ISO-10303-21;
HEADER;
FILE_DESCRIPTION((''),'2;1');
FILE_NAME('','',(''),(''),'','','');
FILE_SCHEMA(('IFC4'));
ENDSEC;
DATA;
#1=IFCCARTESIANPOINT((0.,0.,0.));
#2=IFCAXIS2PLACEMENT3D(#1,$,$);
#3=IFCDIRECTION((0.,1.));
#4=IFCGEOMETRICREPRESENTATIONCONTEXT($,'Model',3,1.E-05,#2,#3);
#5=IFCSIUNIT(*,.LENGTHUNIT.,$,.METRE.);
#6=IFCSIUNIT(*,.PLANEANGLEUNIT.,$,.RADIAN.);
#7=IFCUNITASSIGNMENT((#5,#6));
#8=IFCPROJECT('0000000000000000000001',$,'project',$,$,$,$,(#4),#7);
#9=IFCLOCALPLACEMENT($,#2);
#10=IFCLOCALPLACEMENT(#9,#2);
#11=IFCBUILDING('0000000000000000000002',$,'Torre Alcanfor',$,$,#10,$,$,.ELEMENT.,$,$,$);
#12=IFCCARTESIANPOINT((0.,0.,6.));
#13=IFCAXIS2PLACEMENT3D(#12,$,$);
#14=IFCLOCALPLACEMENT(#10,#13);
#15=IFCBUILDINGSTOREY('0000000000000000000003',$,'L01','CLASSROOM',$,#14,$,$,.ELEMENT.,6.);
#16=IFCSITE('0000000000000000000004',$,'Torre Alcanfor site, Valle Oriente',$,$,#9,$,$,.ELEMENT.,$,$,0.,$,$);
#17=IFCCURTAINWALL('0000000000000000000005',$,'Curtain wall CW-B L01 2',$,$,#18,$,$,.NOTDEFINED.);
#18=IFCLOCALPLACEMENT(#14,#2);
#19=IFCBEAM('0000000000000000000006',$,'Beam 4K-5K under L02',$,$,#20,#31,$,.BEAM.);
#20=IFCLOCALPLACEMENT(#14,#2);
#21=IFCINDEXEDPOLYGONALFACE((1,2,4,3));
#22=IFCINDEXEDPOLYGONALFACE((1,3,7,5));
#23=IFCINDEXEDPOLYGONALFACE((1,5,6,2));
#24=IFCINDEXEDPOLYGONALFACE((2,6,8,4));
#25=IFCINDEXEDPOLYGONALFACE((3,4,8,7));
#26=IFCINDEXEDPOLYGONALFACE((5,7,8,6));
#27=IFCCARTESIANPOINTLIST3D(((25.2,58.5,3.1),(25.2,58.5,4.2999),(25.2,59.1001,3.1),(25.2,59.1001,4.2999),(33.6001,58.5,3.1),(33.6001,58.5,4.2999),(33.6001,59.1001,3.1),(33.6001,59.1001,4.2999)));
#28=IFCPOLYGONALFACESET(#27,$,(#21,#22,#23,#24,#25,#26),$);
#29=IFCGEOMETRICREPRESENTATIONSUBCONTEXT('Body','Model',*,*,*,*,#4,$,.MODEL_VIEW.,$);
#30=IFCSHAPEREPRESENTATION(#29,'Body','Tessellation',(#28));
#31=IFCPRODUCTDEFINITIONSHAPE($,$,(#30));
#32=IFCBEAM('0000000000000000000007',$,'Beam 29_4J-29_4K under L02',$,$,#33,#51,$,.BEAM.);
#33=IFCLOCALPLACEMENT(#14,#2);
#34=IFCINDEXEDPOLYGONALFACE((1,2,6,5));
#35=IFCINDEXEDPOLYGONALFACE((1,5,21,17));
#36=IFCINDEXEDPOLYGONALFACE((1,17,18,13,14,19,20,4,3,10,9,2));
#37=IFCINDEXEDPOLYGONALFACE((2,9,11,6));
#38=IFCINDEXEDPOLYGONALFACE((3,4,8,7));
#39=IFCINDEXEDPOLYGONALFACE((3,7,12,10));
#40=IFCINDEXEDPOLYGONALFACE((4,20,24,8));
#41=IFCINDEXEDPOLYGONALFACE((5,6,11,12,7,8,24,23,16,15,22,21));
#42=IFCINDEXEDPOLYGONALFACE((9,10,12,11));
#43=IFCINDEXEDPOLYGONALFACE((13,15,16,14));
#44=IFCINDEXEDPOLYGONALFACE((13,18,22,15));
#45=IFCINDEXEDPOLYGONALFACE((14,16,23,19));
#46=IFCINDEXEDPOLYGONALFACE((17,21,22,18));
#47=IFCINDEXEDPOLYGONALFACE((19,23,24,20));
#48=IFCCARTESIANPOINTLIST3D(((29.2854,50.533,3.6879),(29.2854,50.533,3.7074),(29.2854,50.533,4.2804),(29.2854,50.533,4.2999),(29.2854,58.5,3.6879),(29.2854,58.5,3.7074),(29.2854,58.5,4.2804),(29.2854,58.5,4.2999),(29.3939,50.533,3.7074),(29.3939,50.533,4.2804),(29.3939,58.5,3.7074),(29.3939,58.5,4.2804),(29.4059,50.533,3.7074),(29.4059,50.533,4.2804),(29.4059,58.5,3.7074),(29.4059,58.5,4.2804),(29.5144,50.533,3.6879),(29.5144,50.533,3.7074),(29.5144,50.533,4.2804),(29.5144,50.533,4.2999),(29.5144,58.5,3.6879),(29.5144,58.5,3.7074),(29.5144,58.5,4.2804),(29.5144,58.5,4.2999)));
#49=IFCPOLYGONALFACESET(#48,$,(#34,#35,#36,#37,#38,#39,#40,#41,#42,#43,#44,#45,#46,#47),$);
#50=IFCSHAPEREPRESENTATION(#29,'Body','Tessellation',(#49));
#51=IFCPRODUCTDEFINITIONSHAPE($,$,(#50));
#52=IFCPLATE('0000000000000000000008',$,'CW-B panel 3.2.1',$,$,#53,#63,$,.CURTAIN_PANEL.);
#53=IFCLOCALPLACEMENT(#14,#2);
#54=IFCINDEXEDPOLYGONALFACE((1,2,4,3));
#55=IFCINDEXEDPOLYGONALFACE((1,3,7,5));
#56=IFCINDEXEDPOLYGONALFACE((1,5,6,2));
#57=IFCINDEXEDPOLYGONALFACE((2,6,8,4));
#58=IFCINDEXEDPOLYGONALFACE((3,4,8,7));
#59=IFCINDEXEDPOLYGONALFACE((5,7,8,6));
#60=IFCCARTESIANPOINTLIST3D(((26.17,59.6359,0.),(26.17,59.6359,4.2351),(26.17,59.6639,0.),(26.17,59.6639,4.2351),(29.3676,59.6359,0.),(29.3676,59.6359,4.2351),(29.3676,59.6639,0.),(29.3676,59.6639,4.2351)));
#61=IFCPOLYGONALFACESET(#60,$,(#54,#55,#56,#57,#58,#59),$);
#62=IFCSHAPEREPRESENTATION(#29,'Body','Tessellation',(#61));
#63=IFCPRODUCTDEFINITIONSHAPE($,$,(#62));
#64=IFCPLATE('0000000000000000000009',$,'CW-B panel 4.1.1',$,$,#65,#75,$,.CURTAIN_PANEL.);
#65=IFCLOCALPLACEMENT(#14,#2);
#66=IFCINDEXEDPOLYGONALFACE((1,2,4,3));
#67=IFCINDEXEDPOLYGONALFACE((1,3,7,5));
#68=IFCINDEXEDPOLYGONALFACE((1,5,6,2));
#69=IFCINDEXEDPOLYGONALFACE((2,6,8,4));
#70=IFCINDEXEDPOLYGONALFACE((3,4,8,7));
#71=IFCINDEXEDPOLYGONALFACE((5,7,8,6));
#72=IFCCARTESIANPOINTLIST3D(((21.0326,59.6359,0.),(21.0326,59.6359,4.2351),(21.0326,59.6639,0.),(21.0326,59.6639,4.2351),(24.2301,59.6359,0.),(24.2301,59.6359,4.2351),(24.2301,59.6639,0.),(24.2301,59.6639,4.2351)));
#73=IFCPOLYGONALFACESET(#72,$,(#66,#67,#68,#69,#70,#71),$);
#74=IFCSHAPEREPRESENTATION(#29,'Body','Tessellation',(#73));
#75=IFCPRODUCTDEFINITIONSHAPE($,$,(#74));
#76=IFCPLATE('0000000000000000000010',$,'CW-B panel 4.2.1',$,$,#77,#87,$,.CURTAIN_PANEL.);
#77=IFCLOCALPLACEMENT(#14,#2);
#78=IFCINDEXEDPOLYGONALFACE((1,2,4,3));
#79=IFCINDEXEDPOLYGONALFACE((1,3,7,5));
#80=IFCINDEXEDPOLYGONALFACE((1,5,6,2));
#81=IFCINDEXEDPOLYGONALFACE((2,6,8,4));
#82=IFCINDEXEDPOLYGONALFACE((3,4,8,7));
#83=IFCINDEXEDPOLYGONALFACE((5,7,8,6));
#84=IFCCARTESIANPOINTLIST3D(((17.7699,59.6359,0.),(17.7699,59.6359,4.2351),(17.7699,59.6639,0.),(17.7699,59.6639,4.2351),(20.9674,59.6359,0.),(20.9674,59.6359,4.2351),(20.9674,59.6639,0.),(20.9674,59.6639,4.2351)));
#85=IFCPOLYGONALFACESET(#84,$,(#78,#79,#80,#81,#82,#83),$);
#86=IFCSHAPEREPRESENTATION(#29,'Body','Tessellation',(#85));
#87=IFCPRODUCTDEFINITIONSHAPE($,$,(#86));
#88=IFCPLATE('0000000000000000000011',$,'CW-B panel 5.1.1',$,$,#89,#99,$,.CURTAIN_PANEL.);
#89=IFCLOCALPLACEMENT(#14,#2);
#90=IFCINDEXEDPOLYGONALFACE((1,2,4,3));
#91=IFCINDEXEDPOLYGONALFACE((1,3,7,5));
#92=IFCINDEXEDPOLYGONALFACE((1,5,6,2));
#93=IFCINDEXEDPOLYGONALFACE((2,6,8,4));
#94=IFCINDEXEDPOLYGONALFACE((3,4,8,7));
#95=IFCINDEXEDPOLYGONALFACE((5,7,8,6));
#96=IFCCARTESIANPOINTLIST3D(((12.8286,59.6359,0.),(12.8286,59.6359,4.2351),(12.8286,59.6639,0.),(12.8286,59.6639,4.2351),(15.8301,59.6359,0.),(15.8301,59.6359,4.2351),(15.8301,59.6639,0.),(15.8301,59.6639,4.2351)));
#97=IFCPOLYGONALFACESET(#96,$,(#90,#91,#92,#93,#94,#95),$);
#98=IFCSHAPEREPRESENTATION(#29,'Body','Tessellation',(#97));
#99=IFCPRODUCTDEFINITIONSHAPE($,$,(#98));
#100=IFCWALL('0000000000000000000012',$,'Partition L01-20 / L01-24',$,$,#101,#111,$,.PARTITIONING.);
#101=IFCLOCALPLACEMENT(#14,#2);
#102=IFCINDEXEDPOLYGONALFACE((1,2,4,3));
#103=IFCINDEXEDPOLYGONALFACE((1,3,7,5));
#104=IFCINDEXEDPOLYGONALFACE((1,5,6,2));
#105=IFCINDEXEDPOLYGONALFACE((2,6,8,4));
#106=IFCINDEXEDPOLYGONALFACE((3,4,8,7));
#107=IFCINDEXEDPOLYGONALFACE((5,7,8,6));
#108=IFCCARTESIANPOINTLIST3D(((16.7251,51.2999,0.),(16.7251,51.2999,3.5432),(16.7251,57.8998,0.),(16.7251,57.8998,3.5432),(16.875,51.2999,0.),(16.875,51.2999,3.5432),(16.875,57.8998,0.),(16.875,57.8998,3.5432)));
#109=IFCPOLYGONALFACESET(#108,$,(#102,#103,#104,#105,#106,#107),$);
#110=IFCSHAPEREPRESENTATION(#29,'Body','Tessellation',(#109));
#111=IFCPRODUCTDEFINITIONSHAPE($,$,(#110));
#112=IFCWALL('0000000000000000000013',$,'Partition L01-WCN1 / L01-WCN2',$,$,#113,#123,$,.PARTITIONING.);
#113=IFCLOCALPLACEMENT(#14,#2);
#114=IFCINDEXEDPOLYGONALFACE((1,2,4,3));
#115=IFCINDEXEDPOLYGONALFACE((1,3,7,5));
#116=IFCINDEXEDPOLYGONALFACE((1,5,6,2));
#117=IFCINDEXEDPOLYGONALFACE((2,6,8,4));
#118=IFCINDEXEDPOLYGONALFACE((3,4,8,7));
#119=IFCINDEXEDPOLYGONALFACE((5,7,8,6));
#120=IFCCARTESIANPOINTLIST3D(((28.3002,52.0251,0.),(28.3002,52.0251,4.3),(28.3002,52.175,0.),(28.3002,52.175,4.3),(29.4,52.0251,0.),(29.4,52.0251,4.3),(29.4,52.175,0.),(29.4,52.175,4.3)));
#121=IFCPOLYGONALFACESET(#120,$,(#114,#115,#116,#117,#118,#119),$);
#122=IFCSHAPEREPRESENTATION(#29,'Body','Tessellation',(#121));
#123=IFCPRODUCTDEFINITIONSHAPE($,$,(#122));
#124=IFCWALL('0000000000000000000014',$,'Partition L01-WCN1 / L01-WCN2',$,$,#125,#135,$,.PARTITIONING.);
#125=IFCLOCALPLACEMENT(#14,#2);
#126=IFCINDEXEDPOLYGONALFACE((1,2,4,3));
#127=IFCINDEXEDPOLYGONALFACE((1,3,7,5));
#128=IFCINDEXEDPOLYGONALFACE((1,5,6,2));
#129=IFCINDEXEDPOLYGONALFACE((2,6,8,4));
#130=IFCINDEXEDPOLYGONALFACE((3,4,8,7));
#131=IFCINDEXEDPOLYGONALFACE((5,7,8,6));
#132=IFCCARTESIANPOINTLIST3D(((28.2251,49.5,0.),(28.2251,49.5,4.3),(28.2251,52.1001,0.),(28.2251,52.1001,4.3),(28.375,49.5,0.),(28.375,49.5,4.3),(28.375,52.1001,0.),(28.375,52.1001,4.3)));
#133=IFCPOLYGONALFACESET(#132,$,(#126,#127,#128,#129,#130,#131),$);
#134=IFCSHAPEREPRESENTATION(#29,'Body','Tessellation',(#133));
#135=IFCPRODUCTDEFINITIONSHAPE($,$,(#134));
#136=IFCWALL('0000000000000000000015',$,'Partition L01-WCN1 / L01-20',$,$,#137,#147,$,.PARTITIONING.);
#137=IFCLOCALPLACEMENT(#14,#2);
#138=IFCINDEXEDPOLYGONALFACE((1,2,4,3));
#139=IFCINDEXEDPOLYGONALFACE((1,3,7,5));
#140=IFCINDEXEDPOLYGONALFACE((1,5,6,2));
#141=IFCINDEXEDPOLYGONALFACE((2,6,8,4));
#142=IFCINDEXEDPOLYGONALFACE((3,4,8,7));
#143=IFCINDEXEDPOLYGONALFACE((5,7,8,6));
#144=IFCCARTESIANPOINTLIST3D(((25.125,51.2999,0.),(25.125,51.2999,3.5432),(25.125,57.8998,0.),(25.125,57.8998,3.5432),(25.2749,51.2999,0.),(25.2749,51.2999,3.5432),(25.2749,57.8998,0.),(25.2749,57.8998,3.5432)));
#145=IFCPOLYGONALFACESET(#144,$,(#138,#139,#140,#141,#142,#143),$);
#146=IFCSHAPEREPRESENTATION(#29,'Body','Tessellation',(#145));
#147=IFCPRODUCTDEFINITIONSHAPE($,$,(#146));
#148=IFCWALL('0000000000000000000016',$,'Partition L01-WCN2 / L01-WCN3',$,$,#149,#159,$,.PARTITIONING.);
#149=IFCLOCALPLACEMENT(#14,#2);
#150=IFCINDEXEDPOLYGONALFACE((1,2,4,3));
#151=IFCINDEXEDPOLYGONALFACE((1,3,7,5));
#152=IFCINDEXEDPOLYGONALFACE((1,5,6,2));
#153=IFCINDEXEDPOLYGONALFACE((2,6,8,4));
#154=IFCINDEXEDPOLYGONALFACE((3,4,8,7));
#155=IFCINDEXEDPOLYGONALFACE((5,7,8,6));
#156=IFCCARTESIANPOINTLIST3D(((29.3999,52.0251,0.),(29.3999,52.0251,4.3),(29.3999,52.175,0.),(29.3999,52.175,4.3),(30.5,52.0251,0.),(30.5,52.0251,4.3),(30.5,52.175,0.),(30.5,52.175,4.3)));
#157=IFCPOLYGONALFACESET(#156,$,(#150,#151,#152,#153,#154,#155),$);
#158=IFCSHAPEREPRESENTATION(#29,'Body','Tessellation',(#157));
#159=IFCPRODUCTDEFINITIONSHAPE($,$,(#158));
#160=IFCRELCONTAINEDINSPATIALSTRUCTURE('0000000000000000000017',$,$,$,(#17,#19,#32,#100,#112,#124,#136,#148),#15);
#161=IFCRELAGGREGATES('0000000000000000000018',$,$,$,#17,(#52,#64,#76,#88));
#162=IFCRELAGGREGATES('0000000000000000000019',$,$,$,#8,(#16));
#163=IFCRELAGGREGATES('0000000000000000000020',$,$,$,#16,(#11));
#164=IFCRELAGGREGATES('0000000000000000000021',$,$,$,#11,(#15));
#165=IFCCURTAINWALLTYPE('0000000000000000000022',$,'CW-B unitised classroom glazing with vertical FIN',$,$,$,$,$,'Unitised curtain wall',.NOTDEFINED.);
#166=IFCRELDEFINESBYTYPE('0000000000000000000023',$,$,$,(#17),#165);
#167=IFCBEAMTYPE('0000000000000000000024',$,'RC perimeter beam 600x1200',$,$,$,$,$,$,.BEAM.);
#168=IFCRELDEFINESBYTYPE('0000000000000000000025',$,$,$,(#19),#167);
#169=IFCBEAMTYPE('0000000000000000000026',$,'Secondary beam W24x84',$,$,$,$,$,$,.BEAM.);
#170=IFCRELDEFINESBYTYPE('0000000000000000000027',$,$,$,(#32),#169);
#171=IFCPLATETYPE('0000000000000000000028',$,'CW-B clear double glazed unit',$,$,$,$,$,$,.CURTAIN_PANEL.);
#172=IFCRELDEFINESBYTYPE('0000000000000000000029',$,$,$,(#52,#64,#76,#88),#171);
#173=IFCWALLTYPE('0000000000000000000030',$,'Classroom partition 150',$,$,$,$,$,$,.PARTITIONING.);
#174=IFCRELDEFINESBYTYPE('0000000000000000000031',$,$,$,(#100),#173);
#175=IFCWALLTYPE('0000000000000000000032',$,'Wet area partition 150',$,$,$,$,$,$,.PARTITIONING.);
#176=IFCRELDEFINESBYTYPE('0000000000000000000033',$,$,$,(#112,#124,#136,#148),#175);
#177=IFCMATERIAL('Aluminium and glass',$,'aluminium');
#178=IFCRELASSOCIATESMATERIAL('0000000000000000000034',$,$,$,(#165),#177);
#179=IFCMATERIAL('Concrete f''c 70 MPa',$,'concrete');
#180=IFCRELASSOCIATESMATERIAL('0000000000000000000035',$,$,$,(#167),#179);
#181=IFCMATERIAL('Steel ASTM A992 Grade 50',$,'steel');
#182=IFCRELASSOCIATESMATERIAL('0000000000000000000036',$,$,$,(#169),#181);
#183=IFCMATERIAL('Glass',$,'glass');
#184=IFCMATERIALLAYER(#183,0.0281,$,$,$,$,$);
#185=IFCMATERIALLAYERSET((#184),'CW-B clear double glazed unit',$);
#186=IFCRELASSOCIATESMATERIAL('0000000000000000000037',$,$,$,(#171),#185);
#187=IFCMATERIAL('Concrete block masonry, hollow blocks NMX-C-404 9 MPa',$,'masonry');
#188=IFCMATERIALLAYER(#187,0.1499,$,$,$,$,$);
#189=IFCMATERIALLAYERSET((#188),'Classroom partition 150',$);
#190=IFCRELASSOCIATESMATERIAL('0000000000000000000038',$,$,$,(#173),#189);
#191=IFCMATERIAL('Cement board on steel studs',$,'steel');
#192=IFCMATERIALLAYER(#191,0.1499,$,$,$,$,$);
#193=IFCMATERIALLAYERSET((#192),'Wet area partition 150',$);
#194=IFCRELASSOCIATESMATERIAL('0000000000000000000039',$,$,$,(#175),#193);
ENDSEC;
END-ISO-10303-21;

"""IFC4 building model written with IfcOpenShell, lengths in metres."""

from ifc_helpers import new_model, si_unit, direction, frame, frame_2d, origin, origin_2d, place, context, subcontext, project, spatial, rectangle, i_section, extrude, material, layer, layer_set, material_profile, profile_set, type_object, element, aggregate, save


model = new_model("IFC4")

# Units and contexts
model_context = context("Model", 3, precision=1e-05, world=origin(), true_north=direction((0.0, 1.0)))
body_context = subcontext(model_context, "Body", "Model", "MODEL_VIEW")
ifc_project = project(units=[si_unit("LENGTHUNIT", "METRE"), si_unit("PLANEANGLEUNIT", "RADIAN")], contexts=[model_context])

# Site, building, storey
site_placement = place(None, origin())
site = spatial("IfcSite", under=ifc_project, at=site_placement, Name="Torre Alcanfor site, Valle Oriente", CompositionType="ELEMENT", RefElevation=0.0)
building_placement = place(site_placement, origin())
building = spatial("IfcBuilding", under=site, at=building_placement, Name="Torre Alcanfor", CompositionType="ELEMENT")
storey_placement = place(building_placement, frame((0.0, 0.0, 6.0)))
storey = spatial("IfcBuildingStorey", under=building, at=storey_placement, Name="L01", Description="CLASSROOM", CompositionType="ELEMENT", Elevation=6.0)

# Curtain wall
ifc_material_1 = material(Name="Aluminium and glass", Category="aluminium")
curtain_wall_type = type_object("IfcCurtainWallType", Name="CW-B unitised classroom glazing with vertical FIN", ElementType="Unitised curtain wall", PredefinedType="NOTDEFINED", material=ifc_material_1)
curtain_wall_placement = place(storey_placement, origin())
curtain_wall = element("IfcCurtainWall", 1, at=curtain_wall_placement, inside=storey, type_object=curtain_wall_type, Name="Curtain wall CW-B L01 2", PredefinedType="NOTDEFINED")

# Beams
ifc_material_2 = material(Name="Concrete f'c 70 MPa", Category="concrete")
ifc_material_profile_1 = material_profile(ifc_material_2, rectangle(XDim=0.6001, YDim=1.2, at=origin_2d()), Name="600x1200")
ifc_profile_set_1 = profile_set([ifc_material_profile_1], Name="Concrete f'c 70 MPa")
beam_type_1 = type_object("IfcBeamType", Name="RC perimeter beam 600x1200", PredefinedType="BEAM", material=ifc_profile_set_1)
beam_1_placement = place(storey_placement, frame((25.2, 58.8, 3.7), z_axis=(1.0, 0.0, 0.0), x_axis=(0.0, 1.0, 0.0)))
element("IfcBeam", 2, at=beam_1_placement, inside=storey, type_object=beam_type_1, Name="Beam 4K-5K under L02", PredefinedType="BEAM", context=body_context, shape_type="SweptSolid", body=[
    extrude(rectangle(XDim=0.6001, YDim=1.2, at=origin_2d()), origin(), (0.0, 0.0, 1.0), 8.4001),
])
ifc_material_3 = material(Name="Steel ASTM A992 Grade 50", Category="steel")
ifc_material_profile_2 = material_profile(ifc_material_3, i_section(OverallWidth=0.229, OverallDepth=0.6121, WebThickness=0.012, FlangeThickness=0.0195, at=origin_2d()), Name="W24x84")
ifc_profile_set_2 = profile_set([ifc_material_profile_2], Name="Steel ASTM A992 Grade 50")
beam_type_2 = type_object("IfcBeamType", Name="Secondary beam W24x84", PredefinedType="BEAM", material=ifc_profile_set_2)
beam_2_placement = place(storey_placement, frame((29.3999, 50.533, 3.9939), z_axis=(0.0, 1.0, 0.0), x_axis=(-1.0, 0.0, 0.0)))
element("IfcBeam", 3, at=beam_2_placement, inside=storey, type_object=beam_type_2, Name="Beam 29_4J-29_4K under L02", PredefinedType="BEAM", context=body_context, shape_type="SweptSolid", body=[
    extrude(i_section(OverallWidth=0.229, OverallDepth=0.6121, WebThickness=0.012, FlangeThickness=0.0195, at=origin_2d()), origin(), (0.0, 0.0, 1.0), 7.967),
])

# Plates
ifc_material_4 = material(Name="Glass", Category="glass")
ifc_layer_1 = layer(ifc_material_4, 0.0281)
ifc_layer_set_1 = layer_set([ifc_layer_1], Name="CW-B clear double glazed unit")
plate_type = type_object("IfcPlateType", Name="CW-B clear double glazed unit", PredefinedType="CURTAIN_PANEL", material=ifc_layer_set_1)
plate_1_placement = place(storey_placement, frame((27.7688, 59.6499, 0.0), z_axis=(0.0, 0.0, 1.0), x_axis=(-1.0, 0.0, 0.0)))
plate_1 = element("IfcPlate", 4, at=plate_1_placement, type_object=plate_type, Name="CW-B panel 3.2.1", PredefinedType="CURTAIN_PANEL", context=body_context, shape_type="SweptSolid", body=[
    extrude(rectangle(XDim=3.1975, YDim=0.0281, at=origin_2d()), origin(), (0.0, 0.0, 1.0), 4.2351),
])
plate_2_placement = place(storey_placement, frame((22.6313, 59.6499, 0.0), z_axis=(0.0, 0.0, 1.0), x_axis=(-1.0, 0.0, 0.0)))
plate_2 = element("IfcPlate", 5, at=plate_2_placement, type_object=plate_type, Name="CW-B panel 4.1.1", PredefinedType="CURTAIN_PANEL", context=body_context, shape_type="SweptSolid", body=[
    extrude(rectangle(XDim=3.1975, YDim=0.0281, at=origin_2d()), origin(), (0.0, 0.0, 1.0), 4.2351),
])
plate_3_placement = place(storey_placement, frame((19.3687, 59.6499, 0.0), z_axis=(0.0, 0.0, 1.0), x_axis=(-1.0, 0.0, 0.0)))
plate_3 = element("IfcPlate", 6, at=plate_3_placement, type_object=plate_type, Name="CW-B panel 4.2.1", PredefinedType="CURTAIN_PANEL", context=body_context, shape_type="SweptSolid", body=[
    extrude(rectangle(XDim=3.1975, YDim=0.0281, at=origin_2d()), origin(), (0.0, 0.0, 1.0), 4.2351),
])
plate_4_placement = place(storey_placement, frame((14.3293, 59.6499, 0.0), z_axis=(0.0, 0.0, 1.0), x_axis=(-1.0, 0.0, 0.0)))
plate_4 = element("IfcPlate", 7, at=plate_4_placement, type_object=plate_type, Name="CW-B panel 5.1.1", PredefinedType="CURTAIN_PANEL", context=body_context, shape_type="SweptSolid", body=[
    extrude(rectangle(XDim=3.0015, YDim=0.0281, at=origin_2d()), origin(), (0.0, 0.0, 1.0), 4.2351),
])
aggregate(curtain_wall, [plate_1, plate_2, plate_3, plate_4])

# Walls
ifc_material_5 = material(Name="Concrete block masonry, hollow blocks NMX-C-404 9 MPa", Category="masonry")
ifc_layer_2 = layer(ifc_material_5, 0.1499)
ifc_layer_set_2 = layer_set([ifc_layer_2], Name="Classroom partition 150")
wall_type_1 = type_object("IfcWallType", Name="Classroom partition 150", PredefinedType="PARTITIONING", material=ifc_layer_set_2)
wall_1_placement = place(storey_placement, frame((16.8, 51.3, 0.0), z_axis=(0.0, 0.0, 1.0), x_axis=(0.0, 1.0, 0.0)))
element("IfcWall", 8, at=wall_1_placement, inside=storey, type_object=wall_type_1, Name="Partition L01-20 / L01-24", PredefinedType="PARTITIONING", context=body_context, shape_type="SweptSolid", body=[
    extrude(rectangle(XDim=6.5999, YDim=0.1499, at=frame_2d((3.2998, 0.0))), origin(), (0.0, 0.0, 1.0), 3.5432),
])
ifc_material_6 = material(Name="Cement board on steel studs", Category="steel")
ifc_layer_3 = layer(ifc_material_6, 0.1499)
ifc_layer_set_3 = layer_set([ifc_layer_3], Name="Wet area partition 150")
wall_type_2 = type_object("IfcWallType", Name="Wet area partition 150", PredefinedType="PARTITIONING", material=ifc_layer_set_3)
wall_2_placement = place(storey_placement, frame((29.3999, 52.1001, 0.0), z_axis=(0.0, 0.0, 1.0), x_axis=(-1.0, 0.0, 0.0)))
element("IfcWall", 9, at=wall_2_placement, inside=storey, type_object=wall_type_2, Name="Partition L01-WCN1 / L01-WCN2", PredefinedType="PARTITIONING", context=body_context, shape_type="SweptSolid", body=[
    extrude(rectangle(XDim=1.0999, YDim=0.1499, at=frame_2d((0.5498, 0.0))), origin(), (0.0, 0.0, 1.0), 4.3),
])
wall_3_placement = place(storey_placement, frame((28.3, 52.1001, 0.0), z_axis=(0.0, 0.0, 1.0), x_axis=(0.0, -1.0, 0.0)))
element("IfcWall", 10, at=wall_3_placement, inside=storey, type_object=wall_type_2, Name="Partition L01-WCN1 / L01-WCN2", PredefinedType="PARTITIONING", context=body_context, shape_type="SweptSolid", body=[
    extrude(rectangle(XDim=2.6001, YDim=0.1499, at=frame_2d((1.3, 0.0))), origin(), (0.0, 0.0, 1.0), 4.3),
])
wall_4_placement = place(storey_placement, frame((25.2, 51.3, 0.0), z_axis=(0.0, 0.0, 1.0), x_axis=(0.0, 1.0, 0.0)))
element("IfcWall", 11, at=wall_4_placement, inside=storey, type_object=wall_type_2, Name="Partition L01-WCN1 / L01-20", PredefinedType="PARTITIONING", context=body_context, shape_type="SweptSolid", body=[
    extrude(rectangle(XDim=6.5999, YDim=0.1499, at=frame_2d((3.2998, 0.0))), origin(), (0.0, 0.0, 1.0), 3.5432),
])
wall_5_placement = place(storey_placement, frame((29.3999, 52.1001, 0.0), z_axis=(0.0, 0.0, 1.0), x_axis=(1.0, 0.0, 0.0)))
element("IfcWall", 12, at=wall_5_placement, inside=storey, type_object=wall_type_2, Name="Partition L01-WCN2 / L01-WCN3", PredefinedType="PARTITIONING", context=body_context, shape_type="SweptSolid", body=[
    extrude(rectangle(XDim=1.1001, YDim=0.1499, at=frame_2d((0.55, 0.0))), origin(), (0.0, 0.0, 1.0), 4.3),
])

save(model, "model.ifc")
